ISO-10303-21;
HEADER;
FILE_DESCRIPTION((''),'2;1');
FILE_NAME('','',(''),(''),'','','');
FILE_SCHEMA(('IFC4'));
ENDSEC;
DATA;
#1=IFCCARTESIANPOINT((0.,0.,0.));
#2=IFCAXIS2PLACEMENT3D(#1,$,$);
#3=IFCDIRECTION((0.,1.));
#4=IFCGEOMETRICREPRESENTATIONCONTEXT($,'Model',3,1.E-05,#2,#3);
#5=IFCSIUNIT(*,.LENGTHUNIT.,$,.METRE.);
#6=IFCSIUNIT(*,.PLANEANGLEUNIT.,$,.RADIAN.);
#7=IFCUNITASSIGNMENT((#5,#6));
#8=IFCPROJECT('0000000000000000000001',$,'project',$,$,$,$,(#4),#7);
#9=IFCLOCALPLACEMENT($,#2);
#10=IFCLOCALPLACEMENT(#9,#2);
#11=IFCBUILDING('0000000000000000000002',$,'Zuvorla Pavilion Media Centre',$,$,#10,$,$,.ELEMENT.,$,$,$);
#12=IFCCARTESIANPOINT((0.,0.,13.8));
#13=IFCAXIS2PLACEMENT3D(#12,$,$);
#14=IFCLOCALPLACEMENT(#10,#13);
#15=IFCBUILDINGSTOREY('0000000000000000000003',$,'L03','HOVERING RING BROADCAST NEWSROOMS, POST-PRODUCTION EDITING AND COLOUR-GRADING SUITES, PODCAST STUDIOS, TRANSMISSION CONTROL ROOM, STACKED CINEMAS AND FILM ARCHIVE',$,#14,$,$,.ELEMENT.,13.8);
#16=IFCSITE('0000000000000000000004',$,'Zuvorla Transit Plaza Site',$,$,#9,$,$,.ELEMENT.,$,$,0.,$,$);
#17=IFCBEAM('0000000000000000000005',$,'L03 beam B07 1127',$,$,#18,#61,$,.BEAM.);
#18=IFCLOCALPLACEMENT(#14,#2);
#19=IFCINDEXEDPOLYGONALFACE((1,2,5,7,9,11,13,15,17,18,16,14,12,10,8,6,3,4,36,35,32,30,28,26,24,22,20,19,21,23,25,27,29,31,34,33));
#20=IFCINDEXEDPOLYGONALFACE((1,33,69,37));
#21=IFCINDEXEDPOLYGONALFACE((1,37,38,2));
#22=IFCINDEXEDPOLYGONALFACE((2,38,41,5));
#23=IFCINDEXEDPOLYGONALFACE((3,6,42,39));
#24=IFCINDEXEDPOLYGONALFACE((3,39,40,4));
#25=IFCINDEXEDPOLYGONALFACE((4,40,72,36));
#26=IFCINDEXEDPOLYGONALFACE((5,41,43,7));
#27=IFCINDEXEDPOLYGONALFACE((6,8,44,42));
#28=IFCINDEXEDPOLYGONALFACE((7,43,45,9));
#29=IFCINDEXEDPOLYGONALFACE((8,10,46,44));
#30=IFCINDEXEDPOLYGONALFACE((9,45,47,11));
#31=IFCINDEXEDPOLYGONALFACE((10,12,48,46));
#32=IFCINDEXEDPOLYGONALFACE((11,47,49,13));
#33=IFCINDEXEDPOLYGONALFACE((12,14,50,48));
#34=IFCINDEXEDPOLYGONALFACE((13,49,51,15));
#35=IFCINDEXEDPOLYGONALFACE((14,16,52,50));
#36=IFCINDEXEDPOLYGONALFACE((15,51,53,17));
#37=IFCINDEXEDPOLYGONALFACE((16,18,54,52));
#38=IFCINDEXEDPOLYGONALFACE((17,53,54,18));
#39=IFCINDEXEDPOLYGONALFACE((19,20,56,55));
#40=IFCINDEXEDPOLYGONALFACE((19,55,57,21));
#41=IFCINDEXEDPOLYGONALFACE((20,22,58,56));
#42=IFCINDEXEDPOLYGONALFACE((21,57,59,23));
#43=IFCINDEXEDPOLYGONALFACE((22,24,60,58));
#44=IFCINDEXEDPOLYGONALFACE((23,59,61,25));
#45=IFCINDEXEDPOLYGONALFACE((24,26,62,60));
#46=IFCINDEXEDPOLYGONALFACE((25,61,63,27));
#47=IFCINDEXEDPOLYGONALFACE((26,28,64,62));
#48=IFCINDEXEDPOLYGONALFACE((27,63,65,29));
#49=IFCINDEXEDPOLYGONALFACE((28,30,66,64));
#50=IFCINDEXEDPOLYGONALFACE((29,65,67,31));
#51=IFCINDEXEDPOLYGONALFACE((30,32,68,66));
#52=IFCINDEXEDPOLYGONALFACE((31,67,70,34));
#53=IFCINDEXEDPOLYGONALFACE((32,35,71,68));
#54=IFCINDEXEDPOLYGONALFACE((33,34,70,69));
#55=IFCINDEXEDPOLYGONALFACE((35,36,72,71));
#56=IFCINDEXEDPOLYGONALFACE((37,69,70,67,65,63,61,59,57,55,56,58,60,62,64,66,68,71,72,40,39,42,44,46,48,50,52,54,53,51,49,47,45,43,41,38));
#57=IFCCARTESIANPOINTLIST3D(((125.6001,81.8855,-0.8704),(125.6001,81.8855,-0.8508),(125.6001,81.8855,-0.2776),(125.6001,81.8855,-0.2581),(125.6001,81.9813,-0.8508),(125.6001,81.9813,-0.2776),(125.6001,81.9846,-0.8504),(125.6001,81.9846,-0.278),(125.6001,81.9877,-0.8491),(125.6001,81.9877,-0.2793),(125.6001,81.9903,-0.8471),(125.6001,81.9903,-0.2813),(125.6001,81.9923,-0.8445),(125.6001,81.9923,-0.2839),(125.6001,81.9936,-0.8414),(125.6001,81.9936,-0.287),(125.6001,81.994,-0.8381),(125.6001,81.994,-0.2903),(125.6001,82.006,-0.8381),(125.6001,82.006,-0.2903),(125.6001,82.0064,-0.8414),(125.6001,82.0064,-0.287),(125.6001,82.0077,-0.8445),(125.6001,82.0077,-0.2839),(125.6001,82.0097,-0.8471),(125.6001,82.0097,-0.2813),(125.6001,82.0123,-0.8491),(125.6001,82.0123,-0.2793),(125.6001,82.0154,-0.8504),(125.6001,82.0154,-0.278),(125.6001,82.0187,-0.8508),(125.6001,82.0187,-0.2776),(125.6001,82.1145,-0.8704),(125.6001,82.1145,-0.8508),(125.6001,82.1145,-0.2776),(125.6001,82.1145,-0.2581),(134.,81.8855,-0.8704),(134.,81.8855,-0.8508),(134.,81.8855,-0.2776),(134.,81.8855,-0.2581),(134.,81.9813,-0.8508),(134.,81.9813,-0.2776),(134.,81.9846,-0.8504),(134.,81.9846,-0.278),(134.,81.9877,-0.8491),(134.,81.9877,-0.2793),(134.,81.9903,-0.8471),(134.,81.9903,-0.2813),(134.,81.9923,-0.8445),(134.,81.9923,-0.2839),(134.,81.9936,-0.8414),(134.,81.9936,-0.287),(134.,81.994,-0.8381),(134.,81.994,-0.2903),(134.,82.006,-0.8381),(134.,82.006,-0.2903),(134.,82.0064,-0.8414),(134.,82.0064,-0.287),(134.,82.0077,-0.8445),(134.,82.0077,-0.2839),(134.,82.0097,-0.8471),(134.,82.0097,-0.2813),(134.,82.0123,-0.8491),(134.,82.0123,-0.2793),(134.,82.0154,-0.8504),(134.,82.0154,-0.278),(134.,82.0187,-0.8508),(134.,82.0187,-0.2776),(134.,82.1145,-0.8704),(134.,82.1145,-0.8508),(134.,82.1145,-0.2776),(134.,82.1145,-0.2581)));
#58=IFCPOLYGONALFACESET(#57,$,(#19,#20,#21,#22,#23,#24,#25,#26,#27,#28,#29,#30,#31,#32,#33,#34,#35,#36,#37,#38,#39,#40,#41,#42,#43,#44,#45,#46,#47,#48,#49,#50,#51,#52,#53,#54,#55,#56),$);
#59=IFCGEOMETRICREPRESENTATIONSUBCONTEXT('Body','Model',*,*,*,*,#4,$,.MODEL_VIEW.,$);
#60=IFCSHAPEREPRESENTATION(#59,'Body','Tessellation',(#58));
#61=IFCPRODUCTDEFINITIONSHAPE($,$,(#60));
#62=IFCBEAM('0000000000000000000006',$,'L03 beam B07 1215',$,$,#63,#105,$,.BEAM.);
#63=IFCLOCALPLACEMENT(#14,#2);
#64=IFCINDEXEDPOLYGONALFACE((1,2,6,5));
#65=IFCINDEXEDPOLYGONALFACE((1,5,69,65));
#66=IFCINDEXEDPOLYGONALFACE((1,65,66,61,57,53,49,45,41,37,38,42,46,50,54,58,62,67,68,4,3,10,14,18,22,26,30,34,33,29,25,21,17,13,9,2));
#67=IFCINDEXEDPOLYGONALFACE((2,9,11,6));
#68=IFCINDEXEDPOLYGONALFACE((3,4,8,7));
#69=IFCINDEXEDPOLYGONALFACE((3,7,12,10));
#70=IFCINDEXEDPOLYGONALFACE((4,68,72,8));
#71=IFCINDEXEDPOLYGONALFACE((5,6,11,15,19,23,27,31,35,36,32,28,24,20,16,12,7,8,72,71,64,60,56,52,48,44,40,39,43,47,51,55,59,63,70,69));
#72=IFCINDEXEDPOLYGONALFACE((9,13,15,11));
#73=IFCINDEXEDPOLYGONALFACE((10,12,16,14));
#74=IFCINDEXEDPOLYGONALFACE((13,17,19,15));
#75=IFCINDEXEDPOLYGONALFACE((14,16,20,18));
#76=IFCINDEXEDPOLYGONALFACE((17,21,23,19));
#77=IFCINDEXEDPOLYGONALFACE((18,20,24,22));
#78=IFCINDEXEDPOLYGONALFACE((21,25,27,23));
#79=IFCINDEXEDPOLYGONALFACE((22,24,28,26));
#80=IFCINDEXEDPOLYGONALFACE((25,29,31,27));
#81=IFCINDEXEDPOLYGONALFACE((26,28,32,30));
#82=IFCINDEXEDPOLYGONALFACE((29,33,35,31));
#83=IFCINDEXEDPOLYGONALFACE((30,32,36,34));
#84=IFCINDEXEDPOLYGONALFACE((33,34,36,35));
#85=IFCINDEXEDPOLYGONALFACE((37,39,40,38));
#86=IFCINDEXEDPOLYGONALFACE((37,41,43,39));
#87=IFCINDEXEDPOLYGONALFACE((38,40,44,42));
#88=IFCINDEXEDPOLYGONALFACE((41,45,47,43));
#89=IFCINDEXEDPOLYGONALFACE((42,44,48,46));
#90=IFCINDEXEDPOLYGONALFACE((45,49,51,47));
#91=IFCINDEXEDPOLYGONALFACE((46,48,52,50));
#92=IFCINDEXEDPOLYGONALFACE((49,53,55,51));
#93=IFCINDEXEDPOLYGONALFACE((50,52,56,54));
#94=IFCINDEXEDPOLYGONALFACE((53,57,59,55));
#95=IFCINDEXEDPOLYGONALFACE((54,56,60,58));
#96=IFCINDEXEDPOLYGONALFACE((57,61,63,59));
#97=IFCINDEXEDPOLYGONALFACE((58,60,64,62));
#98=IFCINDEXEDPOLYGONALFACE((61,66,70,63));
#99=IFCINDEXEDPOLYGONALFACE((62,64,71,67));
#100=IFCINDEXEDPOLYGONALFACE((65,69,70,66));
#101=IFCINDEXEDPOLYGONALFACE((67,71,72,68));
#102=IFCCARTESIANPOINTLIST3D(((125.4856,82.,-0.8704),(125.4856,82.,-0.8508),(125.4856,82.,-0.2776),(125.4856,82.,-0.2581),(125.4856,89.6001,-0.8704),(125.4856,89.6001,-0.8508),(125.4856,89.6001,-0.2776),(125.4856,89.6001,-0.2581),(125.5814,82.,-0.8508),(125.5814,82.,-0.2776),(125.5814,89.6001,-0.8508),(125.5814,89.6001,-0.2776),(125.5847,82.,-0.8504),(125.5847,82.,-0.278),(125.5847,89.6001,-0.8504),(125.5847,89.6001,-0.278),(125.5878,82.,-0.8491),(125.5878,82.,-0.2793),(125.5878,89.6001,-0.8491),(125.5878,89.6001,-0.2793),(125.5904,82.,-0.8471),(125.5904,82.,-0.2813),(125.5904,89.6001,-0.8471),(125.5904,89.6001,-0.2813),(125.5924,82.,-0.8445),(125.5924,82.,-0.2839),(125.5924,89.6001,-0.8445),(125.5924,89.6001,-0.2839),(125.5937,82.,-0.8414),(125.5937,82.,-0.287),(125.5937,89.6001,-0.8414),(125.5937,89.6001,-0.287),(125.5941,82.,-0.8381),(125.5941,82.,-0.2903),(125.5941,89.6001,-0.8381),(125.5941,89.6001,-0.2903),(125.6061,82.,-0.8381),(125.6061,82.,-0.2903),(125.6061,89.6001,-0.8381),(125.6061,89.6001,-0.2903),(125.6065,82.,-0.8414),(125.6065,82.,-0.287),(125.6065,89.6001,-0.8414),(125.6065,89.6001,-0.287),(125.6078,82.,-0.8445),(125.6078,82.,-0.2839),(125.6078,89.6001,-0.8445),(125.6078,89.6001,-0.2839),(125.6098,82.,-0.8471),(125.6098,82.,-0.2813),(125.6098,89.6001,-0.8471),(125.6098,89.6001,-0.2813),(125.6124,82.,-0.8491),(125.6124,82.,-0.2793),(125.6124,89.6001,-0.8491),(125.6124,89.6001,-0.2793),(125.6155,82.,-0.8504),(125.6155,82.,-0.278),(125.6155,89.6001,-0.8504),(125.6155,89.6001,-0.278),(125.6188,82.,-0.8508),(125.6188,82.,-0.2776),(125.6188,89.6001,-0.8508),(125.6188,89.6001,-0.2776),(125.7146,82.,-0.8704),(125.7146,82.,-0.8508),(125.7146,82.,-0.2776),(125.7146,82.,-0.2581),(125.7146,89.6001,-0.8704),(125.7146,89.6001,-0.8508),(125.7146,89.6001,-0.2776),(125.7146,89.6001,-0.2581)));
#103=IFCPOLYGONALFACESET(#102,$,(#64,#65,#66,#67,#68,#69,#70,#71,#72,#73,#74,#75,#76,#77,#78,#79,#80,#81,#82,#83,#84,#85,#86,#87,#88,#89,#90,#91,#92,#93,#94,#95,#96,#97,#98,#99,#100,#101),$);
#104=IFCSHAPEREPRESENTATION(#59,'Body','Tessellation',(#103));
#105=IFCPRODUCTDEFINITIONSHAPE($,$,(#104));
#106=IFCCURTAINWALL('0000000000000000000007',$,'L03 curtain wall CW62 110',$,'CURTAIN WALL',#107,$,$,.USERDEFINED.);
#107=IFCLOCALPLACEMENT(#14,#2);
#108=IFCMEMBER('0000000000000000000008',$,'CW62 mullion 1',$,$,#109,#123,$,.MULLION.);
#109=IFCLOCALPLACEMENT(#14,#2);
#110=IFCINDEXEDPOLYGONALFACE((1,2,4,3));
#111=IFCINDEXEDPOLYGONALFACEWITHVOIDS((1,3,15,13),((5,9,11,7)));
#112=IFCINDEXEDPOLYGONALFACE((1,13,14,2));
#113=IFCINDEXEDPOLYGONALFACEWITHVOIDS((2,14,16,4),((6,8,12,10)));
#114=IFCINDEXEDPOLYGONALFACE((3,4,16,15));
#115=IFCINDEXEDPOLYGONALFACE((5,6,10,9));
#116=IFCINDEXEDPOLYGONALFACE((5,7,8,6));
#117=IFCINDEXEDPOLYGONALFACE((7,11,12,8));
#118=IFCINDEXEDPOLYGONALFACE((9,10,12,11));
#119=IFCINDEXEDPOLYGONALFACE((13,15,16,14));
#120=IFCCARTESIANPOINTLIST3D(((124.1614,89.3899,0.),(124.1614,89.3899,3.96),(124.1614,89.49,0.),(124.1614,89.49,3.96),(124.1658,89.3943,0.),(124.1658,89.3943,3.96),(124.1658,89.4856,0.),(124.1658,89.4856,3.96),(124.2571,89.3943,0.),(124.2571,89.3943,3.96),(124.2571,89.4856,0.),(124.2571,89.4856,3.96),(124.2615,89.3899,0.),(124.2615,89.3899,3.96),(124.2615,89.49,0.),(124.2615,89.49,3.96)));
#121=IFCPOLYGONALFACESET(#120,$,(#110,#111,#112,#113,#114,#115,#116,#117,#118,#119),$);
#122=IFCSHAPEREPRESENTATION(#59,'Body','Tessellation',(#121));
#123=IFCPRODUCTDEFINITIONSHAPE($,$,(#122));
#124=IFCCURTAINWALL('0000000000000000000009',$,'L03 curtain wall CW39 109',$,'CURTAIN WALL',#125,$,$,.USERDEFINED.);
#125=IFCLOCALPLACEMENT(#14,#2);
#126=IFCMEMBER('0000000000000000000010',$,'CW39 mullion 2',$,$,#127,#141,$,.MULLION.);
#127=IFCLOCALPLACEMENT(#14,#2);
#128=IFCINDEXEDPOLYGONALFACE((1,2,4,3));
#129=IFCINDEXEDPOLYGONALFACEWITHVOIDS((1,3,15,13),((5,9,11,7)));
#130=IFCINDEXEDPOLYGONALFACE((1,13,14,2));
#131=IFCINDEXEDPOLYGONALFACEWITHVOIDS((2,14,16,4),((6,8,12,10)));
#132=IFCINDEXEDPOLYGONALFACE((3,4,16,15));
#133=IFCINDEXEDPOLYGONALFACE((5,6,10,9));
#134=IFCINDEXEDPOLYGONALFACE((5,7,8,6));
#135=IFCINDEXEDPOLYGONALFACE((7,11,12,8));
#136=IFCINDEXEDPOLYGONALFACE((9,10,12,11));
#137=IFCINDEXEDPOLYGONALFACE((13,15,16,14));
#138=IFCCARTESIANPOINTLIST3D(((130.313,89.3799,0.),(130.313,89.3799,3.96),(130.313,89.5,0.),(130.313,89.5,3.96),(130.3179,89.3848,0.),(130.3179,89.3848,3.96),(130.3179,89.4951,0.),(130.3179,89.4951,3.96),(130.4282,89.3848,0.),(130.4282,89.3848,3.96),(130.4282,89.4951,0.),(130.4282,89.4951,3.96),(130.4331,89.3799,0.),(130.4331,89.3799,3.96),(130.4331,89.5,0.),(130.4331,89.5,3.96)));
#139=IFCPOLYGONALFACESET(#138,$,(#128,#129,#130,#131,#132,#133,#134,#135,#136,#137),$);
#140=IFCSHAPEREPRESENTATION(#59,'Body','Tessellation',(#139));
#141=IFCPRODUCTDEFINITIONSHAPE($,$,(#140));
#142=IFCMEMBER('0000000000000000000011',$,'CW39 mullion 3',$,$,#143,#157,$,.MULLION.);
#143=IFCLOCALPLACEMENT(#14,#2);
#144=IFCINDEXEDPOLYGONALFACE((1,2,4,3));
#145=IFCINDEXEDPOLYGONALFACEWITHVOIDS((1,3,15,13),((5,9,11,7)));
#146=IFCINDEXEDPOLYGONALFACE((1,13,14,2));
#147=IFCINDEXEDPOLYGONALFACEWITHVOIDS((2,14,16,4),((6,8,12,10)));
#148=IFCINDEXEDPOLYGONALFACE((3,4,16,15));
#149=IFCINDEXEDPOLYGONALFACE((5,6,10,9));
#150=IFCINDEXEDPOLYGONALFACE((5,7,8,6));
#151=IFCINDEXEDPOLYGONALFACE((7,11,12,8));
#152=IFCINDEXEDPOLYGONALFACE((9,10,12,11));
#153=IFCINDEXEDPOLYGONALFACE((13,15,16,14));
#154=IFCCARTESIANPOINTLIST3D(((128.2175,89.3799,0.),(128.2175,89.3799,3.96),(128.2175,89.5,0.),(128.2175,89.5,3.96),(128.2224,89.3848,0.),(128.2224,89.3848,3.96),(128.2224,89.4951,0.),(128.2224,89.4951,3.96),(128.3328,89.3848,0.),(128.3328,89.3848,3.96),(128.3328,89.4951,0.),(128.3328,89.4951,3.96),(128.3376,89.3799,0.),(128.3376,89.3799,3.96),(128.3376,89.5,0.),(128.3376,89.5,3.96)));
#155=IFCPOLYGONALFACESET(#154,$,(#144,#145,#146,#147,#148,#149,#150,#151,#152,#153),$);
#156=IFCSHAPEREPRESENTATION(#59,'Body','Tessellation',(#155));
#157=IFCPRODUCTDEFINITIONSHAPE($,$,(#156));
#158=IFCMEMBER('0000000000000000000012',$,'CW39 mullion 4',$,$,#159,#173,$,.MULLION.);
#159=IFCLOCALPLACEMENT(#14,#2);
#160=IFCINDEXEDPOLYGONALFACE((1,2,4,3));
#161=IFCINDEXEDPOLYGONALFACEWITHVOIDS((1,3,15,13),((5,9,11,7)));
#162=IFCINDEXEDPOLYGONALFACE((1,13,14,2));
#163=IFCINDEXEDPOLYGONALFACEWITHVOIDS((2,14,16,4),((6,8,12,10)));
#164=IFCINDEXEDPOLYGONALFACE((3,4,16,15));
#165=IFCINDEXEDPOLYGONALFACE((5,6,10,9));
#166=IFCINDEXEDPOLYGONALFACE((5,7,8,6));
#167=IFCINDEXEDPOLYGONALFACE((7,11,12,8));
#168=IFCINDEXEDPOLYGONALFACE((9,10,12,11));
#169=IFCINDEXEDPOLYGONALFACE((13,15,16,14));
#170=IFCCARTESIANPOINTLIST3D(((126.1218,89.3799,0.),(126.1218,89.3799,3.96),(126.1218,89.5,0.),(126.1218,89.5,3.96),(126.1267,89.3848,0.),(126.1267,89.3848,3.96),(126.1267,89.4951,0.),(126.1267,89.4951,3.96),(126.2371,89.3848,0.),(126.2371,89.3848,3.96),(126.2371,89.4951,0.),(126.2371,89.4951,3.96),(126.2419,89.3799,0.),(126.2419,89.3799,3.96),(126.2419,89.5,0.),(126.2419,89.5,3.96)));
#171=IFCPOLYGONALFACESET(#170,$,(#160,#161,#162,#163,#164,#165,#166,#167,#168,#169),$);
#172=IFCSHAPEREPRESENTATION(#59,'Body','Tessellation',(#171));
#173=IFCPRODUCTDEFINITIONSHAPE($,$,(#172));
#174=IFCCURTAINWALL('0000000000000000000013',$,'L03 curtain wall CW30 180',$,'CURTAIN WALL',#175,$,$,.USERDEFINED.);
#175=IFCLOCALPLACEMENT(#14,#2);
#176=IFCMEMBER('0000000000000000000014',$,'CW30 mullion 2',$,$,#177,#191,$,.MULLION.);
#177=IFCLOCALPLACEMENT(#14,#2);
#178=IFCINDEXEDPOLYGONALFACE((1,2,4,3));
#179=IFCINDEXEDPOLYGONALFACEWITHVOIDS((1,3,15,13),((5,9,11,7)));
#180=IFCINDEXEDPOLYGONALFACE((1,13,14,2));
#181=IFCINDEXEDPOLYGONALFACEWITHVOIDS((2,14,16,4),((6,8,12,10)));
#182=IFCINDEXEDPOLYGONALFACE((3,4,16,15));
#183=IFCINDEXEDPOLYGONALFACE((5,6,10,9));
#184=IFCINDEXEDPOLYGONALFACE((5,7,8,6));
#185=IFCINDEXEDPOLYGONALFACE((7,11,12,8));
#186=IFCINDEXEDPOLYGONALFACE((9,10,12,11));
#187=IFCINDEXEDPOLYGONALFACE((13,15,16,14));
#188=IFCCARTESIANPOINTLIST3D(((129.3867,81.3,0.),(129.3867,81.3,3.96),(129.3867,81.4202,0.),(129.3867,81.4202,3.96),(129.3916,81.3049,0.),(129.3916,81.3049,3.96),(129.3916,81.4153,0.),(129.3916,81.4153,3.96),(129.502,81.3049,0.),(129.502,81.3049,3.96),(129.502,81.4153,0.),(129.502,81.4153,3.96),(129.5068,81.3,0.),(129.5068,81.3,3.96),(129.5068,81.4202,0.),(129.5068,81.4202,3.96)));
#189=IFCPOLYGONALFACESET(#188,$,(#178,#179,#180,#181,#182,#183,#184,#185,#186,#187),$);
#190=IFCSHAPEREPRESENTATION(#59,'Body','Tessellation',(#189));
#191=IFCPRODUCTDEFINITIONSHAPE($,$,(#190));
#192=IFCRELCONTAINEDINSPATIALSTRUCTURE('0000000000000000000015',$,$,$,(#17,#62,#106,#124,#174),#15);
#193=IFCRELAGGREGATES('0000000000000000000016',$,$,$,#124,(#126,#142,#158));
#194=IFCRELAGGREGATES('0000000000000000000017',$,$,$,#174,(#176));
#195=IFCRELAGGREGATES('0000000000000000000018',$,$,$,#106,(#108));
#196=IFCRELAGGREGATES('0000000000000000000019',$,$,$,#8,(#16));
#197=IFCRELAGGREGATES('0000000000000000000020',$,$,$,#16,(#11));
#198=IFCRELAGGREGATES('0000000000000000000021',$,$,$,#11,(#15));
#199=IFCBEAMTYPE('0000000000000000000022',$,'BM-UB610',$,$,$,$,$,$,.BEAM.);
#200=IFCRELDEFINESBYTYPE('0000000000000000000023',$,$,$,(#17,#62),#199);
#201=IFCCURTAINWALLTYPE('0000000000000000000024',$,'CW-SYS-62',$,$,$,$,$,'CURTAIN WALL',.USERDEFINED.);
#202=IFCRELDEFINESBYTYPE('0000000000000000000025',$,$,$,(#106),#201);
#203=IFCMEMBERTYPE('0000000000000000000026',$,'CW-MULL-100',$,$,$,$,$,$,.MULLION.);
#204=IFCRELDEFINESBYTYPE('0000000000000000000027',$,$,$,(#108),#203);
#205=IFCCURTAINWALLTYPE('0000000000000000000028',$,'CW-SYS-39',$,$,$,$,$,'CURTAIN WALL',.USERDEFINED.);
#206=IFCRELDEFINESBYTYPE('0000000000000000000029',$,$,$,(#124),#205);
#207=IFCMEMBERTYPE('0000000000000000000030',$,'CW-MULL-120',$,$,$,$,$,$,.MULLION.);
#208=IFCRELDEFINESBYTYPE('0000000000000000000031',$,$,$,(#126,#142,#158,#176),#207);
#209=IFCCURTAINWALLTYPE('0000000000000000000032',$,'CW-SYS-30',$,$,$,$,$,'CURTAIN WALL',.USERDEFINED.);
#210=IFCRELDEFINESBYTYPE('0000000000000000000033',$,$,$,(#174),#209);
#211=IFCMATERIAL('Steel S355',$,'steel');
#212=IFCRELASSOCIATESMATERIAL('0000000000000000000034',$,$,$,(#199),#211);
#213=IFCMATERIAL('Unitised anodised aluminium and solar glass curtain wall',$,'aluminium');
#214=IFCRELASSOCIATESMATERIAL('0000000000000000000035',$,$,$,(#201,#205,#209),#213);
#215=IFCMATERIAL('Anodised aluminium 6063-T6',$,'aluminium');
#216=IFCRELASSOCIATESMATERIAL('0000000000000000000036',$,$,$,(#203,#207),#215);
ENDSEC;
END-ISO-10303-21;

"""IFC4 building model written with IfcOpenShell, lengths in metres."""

from ifc_helpers import new_model, si_unit, direction, frame, origin, origin_2d, place, context, subcontext, project, spatial, hollow_rectangle, i_section, extrude, material, material_profile, profile_set, type_object, element, aggregate, save


model = new_model("IFC4")

# Units and contexts
model_context = context("Model", 3, precision=1e-05, world=origin(), true_north=direction((0.0, 1.0)))
body_context = subcontext(model_context, "Body", "Model", "MODEL_VIEW")
ifc_project = project(units=[si_unit("LENGTHUNIT", "METRE"), si_unit("PLANEANGLEUNIT", "RADIAN")], contexts=[model_context])

# Site, building, storey
site_placement = place(None, origin())
site = spatial("IfcSite", under=ifc_project, at=site_placement, Name="Zuvorla Transit Plaza Site", CompositionType="ELEMENT", RefElevation=0.0)
building_placement = place(site_placement, origin())
building = spatial("IfcBuilding", under=site, at=building_placement, Name="Zuvorla Pavilion Media Centre", CompositionType="ELEMENT")
storey_placement = place(building_placement, frame((0.0, 0.0, 13.8)))
storey = spatial("IfcBuildingStorey", under=building, at=storey_placement, Name="L03", Description="HOVERING RING BROADCAST NEWSROOMS, POST-PRODUCTION EDITING AND COLOUR-GRADING SUITES, PODCAST STUDIOS, TRANSMISSION CONTROL ROOM, STACKED CINEMAS AND FILM ARCHIVE", CompositionType="ELEMENT", Elevation=13.8)

# Shared definitions
ifc_material_1 = material(Name="Steel S355", Category="steel")

# Beams
ifc_material_profile_1 = material_profile(ifc_material_1, i_section(OverallWidth=0.229, OverallDepth=0.6123, WebThickness=0.012, FlangeThickness=0.0195, FilletRadius=0.0127, at=origin_2d()), Name="UB 610x229x125")
ifc_profile_set_1 = profile_set([ifc_material_profile_1], Name="Steel S355")
beam_type_1 = type_object("IfcBeamType", Name="BM-UB610", PredefinedType="BEAM", material=ifc_profile_set_1)
beam_1_placement = place(storey_placement, frame((125.6001, 82.0, -0.5642), z_axis=(1.0, 0.0, 0.0), x_axis=(0.0, 1.0, 0.0)))
element("IfcBeam", 1, at=beam_1_placement, inside=storey, type_object=beam_type_1, Name="L03 beam B07 1127", PredefinedType="BEAM", context=body_context, shape_type="SweptSolid", body=[
    extrude(i_section(OverallWidth=0.229, OverallDepth=0.6123, WebThickness=0.012, FlangeThickness=0.0195, FilletRadius=0.0127, at=origin_2d()), origin(), (0.0, 0.0, 1.0), 8.3999),
])
beam_2_placement = place(storey_placement, frame((125.6001, 82.0, -0.5642), z_axis=(0.0, 1.0, 0.0), x_axis=(-1.0, 0.0, 0.0)))
element("IfcBeam", 2, at=beam_2_placement, inside=storey, type_object=beam_type_1, Name="L03 beam B07 1215", PredefinedType="BEAM", context=body_context, shape_type="SweptSolid", body=[
    extrude(i_section(OverallWidth=0.229, OverallDepth=0.6123, WebThickness=0.012, FlangeThickness=0.0195, FilletRadius=0.0127, at=origin_2d()), origin(), (0.0, 0.0, 1.0), 7.6001),
])

# Curtain wall, member
ifc_material_2 = material(Name="Unitised anodised aluminium and solar glass curtain wall", Category="aluminium")
curtain_wall_type_1 = type_object("IfcCurtainWallType", Name="CW-SYS-62", ElementType="CURTAIN WALL", PredefinedType="USERDEFINED", material=ifc_material_2)
curtain_wall_1_placement = place(storey_placement, origin())
curtain_wall_1 = element("IfcCurtainWall", 3, at=curtain_wall_1_placement, inside=storey, type_object=curtain_wall_type_1, Name="L03 curtain wall CW62 110", ObjectType="CURTAIN WALL", PredefinedType="USERDEFINED")
ifc_material_3 = material(Name="Anodised aluminium 6063-T6", Category="aluminium")
ifc_material_profile_2 = material_profile(ifc_material_3, hollow_rectangle(XDim=0.1001, YDim=0.1001, WallThickness=0.0044, at=origin_2d()), Name="ALU MULL 100x100")
ifc_profile_set_2 = profile_set([ifc_material_profile_2], Name="Anodised aluminium 6063-T6")
member_type_1 = type_object("IfcMemberType", Name="CW-MULL-100", PredefinedType="MULLION", material=ifc_profile_set_2)
member_1_placement = place(storey_placement, frame((124.2114, 89.4399, 0.0), z_axis=(0.0, 0.0, 1.0), x_axis=(1.0, 0.0, 0.0)))
member_1 = element("IfcMember", 4, at=member_1_placement, type_object=member_type_1, Name="CW62 mullion 1", PredefinedType="MULLION", context=body_context, shape_type="SweptSolid", body=[
    extrude(hollow_rectangle(XDim=0.1001, YDim=0.1001, WallThickness=0.0044, at=origin_2d()), origin(), (0.0, 0.0, 1.0), 3.96),
])

# Curtain walls, members
curtain_wall_type_2 = type_object("IfcCurtainWallType", Name="CW-SYS-39", ElementType="CURTAIN WALL", PredefinedType="USERDEFINED", material=ifc_material_2)
curtain_wall_2_placement = place(storey_placement, origin())
curtain_wall_2 = element("IfcCurtainWall", 5, at=curtain_wall_2_placement, inside=storey, type_object=curtain_wall_type_2, Name="L03 curtain wall CW39 109", ObjectType="CURTAIN WALL", PredefinedType="USERDEFINED")
ifc_material_profile_3 = material_profile(ifc_material_3, hollow_rectangle(XDim=0.1201, YDim=0.1201, WallThickness=0.0049, at=origin_2d()), Name="ALU MULL 120x120")
ifc_profile_set_3 = profile_set([ifc_material_profile_3], Name="Anodised aluminium 6063-T6")
member_type_2 = type_object("IfcMemberType", Name="CW-MULL-120", PredefinedType="MULLION", material=ifc_profile_set_3)
member_2_placement = place(storey_placement, frame((130.373, 89.4399, 0.0), z_axis=(0.0, 0.0, 1.0), x_axis=(1.0, 0.0, 0.0)))
member_2 = element("IfcMember", 6, at=member_2_placement, type_object=member_type_2, Name="CW39 mullion 2", PredefinedType="MULLION", context=body_context, shape_type="SweptSolid", body=[
    extrude(hollow_rectangle(XDim=0.1201, YDim=0.1201, WallThickness=0.0049, at=origin_2d()), origin(), (0.0, 0.0, 1.0), 3.96),
])
member_3_placement = place(storey_placement, frame((128.2776, 89.4399, 0.0), z_axis=(0.0, 0.0, 1.0), x_axis=(1.0, 0.0, 0.0)))
member_3 = element("IfcMember", 7, at=member_3_placement, type_object=member_type_2, Name="CW39 mullion 3", PredefinedType="MULLION", context=body_context, shape_type="SweptSolid", body=[
    extrude(hollow_rectangle(XDim=0.1201, YDim=0.1201, WallThickness=0.0049, at=origin_2d()), origin(), (0.0, 0.0, 1.0), 3.96),
])
member_4_placement = place(storey_placement, frame((126.1819, 89.4399, 0.0), z_axis=(0.0, 0.0, 1.0), x_axis=(1.0, 0.0, 0.0)))
member_4 = element("IfcMember", 8, at=member_4_placement, type_object=member_type_2, Name="CW39 mullion 4", PredefinedType="MULLION", context=body_context, shape_type="SweptSolid", body=[
    extrude(hollow_rectangle(XDim=0.1201, YDim=0.1201, WallThickness=0.0049, at=origin_2d()), origin(), (0.0, 0.0, 1.0), 3.96),
])
curtain_wall_type_3 = type_object("IfcCurtainWallType", Name="CW-SYS-30", ElementType="CURTAIN WALL", PredefinedType="USERDEFINED", material=ifc_material_2)
curtain_wall_3_placement = place(storey_placement, origin())
curtain_wall_3 = element("IfcCurtainWall", 9, at=curtain_wall_3_placement, inside=storey, type_object=curtain_wall_type_3, Name="L03 curtain wall CW30 180", ObjectType="CURTAIN WALL", PredefinedType="USERDEFINED")
member_5_placement = place(storey_placement, frame((129.4468, 81.3601, 0.0), z_axis=(0.0, 0.0, 1.0), x_axis=(1.0, 0.0, 0.0)))
member_5 = element("IfcMember", 10, at=member_5_placement, type_object=member_type_2, Name="CW30 mullion 2", PredefinedType="MULLION", context=body_context, shape_type="SweptSolid", body=[
    extrude(hollow_rectangle(XDim=0.1201, YDim=0.1201, WallThickness=0.0049, at=origin_2d()), origin(), (0.0, 0.0, 1.0), 3.96),
])

aggregate(curtain_wall_2, [member_2, member_3, member_4])
aggregate(curtain_wall_3, [member_5])
aggregate(curtain_wall_1, [member_1])

save(model, "model.ifc")
